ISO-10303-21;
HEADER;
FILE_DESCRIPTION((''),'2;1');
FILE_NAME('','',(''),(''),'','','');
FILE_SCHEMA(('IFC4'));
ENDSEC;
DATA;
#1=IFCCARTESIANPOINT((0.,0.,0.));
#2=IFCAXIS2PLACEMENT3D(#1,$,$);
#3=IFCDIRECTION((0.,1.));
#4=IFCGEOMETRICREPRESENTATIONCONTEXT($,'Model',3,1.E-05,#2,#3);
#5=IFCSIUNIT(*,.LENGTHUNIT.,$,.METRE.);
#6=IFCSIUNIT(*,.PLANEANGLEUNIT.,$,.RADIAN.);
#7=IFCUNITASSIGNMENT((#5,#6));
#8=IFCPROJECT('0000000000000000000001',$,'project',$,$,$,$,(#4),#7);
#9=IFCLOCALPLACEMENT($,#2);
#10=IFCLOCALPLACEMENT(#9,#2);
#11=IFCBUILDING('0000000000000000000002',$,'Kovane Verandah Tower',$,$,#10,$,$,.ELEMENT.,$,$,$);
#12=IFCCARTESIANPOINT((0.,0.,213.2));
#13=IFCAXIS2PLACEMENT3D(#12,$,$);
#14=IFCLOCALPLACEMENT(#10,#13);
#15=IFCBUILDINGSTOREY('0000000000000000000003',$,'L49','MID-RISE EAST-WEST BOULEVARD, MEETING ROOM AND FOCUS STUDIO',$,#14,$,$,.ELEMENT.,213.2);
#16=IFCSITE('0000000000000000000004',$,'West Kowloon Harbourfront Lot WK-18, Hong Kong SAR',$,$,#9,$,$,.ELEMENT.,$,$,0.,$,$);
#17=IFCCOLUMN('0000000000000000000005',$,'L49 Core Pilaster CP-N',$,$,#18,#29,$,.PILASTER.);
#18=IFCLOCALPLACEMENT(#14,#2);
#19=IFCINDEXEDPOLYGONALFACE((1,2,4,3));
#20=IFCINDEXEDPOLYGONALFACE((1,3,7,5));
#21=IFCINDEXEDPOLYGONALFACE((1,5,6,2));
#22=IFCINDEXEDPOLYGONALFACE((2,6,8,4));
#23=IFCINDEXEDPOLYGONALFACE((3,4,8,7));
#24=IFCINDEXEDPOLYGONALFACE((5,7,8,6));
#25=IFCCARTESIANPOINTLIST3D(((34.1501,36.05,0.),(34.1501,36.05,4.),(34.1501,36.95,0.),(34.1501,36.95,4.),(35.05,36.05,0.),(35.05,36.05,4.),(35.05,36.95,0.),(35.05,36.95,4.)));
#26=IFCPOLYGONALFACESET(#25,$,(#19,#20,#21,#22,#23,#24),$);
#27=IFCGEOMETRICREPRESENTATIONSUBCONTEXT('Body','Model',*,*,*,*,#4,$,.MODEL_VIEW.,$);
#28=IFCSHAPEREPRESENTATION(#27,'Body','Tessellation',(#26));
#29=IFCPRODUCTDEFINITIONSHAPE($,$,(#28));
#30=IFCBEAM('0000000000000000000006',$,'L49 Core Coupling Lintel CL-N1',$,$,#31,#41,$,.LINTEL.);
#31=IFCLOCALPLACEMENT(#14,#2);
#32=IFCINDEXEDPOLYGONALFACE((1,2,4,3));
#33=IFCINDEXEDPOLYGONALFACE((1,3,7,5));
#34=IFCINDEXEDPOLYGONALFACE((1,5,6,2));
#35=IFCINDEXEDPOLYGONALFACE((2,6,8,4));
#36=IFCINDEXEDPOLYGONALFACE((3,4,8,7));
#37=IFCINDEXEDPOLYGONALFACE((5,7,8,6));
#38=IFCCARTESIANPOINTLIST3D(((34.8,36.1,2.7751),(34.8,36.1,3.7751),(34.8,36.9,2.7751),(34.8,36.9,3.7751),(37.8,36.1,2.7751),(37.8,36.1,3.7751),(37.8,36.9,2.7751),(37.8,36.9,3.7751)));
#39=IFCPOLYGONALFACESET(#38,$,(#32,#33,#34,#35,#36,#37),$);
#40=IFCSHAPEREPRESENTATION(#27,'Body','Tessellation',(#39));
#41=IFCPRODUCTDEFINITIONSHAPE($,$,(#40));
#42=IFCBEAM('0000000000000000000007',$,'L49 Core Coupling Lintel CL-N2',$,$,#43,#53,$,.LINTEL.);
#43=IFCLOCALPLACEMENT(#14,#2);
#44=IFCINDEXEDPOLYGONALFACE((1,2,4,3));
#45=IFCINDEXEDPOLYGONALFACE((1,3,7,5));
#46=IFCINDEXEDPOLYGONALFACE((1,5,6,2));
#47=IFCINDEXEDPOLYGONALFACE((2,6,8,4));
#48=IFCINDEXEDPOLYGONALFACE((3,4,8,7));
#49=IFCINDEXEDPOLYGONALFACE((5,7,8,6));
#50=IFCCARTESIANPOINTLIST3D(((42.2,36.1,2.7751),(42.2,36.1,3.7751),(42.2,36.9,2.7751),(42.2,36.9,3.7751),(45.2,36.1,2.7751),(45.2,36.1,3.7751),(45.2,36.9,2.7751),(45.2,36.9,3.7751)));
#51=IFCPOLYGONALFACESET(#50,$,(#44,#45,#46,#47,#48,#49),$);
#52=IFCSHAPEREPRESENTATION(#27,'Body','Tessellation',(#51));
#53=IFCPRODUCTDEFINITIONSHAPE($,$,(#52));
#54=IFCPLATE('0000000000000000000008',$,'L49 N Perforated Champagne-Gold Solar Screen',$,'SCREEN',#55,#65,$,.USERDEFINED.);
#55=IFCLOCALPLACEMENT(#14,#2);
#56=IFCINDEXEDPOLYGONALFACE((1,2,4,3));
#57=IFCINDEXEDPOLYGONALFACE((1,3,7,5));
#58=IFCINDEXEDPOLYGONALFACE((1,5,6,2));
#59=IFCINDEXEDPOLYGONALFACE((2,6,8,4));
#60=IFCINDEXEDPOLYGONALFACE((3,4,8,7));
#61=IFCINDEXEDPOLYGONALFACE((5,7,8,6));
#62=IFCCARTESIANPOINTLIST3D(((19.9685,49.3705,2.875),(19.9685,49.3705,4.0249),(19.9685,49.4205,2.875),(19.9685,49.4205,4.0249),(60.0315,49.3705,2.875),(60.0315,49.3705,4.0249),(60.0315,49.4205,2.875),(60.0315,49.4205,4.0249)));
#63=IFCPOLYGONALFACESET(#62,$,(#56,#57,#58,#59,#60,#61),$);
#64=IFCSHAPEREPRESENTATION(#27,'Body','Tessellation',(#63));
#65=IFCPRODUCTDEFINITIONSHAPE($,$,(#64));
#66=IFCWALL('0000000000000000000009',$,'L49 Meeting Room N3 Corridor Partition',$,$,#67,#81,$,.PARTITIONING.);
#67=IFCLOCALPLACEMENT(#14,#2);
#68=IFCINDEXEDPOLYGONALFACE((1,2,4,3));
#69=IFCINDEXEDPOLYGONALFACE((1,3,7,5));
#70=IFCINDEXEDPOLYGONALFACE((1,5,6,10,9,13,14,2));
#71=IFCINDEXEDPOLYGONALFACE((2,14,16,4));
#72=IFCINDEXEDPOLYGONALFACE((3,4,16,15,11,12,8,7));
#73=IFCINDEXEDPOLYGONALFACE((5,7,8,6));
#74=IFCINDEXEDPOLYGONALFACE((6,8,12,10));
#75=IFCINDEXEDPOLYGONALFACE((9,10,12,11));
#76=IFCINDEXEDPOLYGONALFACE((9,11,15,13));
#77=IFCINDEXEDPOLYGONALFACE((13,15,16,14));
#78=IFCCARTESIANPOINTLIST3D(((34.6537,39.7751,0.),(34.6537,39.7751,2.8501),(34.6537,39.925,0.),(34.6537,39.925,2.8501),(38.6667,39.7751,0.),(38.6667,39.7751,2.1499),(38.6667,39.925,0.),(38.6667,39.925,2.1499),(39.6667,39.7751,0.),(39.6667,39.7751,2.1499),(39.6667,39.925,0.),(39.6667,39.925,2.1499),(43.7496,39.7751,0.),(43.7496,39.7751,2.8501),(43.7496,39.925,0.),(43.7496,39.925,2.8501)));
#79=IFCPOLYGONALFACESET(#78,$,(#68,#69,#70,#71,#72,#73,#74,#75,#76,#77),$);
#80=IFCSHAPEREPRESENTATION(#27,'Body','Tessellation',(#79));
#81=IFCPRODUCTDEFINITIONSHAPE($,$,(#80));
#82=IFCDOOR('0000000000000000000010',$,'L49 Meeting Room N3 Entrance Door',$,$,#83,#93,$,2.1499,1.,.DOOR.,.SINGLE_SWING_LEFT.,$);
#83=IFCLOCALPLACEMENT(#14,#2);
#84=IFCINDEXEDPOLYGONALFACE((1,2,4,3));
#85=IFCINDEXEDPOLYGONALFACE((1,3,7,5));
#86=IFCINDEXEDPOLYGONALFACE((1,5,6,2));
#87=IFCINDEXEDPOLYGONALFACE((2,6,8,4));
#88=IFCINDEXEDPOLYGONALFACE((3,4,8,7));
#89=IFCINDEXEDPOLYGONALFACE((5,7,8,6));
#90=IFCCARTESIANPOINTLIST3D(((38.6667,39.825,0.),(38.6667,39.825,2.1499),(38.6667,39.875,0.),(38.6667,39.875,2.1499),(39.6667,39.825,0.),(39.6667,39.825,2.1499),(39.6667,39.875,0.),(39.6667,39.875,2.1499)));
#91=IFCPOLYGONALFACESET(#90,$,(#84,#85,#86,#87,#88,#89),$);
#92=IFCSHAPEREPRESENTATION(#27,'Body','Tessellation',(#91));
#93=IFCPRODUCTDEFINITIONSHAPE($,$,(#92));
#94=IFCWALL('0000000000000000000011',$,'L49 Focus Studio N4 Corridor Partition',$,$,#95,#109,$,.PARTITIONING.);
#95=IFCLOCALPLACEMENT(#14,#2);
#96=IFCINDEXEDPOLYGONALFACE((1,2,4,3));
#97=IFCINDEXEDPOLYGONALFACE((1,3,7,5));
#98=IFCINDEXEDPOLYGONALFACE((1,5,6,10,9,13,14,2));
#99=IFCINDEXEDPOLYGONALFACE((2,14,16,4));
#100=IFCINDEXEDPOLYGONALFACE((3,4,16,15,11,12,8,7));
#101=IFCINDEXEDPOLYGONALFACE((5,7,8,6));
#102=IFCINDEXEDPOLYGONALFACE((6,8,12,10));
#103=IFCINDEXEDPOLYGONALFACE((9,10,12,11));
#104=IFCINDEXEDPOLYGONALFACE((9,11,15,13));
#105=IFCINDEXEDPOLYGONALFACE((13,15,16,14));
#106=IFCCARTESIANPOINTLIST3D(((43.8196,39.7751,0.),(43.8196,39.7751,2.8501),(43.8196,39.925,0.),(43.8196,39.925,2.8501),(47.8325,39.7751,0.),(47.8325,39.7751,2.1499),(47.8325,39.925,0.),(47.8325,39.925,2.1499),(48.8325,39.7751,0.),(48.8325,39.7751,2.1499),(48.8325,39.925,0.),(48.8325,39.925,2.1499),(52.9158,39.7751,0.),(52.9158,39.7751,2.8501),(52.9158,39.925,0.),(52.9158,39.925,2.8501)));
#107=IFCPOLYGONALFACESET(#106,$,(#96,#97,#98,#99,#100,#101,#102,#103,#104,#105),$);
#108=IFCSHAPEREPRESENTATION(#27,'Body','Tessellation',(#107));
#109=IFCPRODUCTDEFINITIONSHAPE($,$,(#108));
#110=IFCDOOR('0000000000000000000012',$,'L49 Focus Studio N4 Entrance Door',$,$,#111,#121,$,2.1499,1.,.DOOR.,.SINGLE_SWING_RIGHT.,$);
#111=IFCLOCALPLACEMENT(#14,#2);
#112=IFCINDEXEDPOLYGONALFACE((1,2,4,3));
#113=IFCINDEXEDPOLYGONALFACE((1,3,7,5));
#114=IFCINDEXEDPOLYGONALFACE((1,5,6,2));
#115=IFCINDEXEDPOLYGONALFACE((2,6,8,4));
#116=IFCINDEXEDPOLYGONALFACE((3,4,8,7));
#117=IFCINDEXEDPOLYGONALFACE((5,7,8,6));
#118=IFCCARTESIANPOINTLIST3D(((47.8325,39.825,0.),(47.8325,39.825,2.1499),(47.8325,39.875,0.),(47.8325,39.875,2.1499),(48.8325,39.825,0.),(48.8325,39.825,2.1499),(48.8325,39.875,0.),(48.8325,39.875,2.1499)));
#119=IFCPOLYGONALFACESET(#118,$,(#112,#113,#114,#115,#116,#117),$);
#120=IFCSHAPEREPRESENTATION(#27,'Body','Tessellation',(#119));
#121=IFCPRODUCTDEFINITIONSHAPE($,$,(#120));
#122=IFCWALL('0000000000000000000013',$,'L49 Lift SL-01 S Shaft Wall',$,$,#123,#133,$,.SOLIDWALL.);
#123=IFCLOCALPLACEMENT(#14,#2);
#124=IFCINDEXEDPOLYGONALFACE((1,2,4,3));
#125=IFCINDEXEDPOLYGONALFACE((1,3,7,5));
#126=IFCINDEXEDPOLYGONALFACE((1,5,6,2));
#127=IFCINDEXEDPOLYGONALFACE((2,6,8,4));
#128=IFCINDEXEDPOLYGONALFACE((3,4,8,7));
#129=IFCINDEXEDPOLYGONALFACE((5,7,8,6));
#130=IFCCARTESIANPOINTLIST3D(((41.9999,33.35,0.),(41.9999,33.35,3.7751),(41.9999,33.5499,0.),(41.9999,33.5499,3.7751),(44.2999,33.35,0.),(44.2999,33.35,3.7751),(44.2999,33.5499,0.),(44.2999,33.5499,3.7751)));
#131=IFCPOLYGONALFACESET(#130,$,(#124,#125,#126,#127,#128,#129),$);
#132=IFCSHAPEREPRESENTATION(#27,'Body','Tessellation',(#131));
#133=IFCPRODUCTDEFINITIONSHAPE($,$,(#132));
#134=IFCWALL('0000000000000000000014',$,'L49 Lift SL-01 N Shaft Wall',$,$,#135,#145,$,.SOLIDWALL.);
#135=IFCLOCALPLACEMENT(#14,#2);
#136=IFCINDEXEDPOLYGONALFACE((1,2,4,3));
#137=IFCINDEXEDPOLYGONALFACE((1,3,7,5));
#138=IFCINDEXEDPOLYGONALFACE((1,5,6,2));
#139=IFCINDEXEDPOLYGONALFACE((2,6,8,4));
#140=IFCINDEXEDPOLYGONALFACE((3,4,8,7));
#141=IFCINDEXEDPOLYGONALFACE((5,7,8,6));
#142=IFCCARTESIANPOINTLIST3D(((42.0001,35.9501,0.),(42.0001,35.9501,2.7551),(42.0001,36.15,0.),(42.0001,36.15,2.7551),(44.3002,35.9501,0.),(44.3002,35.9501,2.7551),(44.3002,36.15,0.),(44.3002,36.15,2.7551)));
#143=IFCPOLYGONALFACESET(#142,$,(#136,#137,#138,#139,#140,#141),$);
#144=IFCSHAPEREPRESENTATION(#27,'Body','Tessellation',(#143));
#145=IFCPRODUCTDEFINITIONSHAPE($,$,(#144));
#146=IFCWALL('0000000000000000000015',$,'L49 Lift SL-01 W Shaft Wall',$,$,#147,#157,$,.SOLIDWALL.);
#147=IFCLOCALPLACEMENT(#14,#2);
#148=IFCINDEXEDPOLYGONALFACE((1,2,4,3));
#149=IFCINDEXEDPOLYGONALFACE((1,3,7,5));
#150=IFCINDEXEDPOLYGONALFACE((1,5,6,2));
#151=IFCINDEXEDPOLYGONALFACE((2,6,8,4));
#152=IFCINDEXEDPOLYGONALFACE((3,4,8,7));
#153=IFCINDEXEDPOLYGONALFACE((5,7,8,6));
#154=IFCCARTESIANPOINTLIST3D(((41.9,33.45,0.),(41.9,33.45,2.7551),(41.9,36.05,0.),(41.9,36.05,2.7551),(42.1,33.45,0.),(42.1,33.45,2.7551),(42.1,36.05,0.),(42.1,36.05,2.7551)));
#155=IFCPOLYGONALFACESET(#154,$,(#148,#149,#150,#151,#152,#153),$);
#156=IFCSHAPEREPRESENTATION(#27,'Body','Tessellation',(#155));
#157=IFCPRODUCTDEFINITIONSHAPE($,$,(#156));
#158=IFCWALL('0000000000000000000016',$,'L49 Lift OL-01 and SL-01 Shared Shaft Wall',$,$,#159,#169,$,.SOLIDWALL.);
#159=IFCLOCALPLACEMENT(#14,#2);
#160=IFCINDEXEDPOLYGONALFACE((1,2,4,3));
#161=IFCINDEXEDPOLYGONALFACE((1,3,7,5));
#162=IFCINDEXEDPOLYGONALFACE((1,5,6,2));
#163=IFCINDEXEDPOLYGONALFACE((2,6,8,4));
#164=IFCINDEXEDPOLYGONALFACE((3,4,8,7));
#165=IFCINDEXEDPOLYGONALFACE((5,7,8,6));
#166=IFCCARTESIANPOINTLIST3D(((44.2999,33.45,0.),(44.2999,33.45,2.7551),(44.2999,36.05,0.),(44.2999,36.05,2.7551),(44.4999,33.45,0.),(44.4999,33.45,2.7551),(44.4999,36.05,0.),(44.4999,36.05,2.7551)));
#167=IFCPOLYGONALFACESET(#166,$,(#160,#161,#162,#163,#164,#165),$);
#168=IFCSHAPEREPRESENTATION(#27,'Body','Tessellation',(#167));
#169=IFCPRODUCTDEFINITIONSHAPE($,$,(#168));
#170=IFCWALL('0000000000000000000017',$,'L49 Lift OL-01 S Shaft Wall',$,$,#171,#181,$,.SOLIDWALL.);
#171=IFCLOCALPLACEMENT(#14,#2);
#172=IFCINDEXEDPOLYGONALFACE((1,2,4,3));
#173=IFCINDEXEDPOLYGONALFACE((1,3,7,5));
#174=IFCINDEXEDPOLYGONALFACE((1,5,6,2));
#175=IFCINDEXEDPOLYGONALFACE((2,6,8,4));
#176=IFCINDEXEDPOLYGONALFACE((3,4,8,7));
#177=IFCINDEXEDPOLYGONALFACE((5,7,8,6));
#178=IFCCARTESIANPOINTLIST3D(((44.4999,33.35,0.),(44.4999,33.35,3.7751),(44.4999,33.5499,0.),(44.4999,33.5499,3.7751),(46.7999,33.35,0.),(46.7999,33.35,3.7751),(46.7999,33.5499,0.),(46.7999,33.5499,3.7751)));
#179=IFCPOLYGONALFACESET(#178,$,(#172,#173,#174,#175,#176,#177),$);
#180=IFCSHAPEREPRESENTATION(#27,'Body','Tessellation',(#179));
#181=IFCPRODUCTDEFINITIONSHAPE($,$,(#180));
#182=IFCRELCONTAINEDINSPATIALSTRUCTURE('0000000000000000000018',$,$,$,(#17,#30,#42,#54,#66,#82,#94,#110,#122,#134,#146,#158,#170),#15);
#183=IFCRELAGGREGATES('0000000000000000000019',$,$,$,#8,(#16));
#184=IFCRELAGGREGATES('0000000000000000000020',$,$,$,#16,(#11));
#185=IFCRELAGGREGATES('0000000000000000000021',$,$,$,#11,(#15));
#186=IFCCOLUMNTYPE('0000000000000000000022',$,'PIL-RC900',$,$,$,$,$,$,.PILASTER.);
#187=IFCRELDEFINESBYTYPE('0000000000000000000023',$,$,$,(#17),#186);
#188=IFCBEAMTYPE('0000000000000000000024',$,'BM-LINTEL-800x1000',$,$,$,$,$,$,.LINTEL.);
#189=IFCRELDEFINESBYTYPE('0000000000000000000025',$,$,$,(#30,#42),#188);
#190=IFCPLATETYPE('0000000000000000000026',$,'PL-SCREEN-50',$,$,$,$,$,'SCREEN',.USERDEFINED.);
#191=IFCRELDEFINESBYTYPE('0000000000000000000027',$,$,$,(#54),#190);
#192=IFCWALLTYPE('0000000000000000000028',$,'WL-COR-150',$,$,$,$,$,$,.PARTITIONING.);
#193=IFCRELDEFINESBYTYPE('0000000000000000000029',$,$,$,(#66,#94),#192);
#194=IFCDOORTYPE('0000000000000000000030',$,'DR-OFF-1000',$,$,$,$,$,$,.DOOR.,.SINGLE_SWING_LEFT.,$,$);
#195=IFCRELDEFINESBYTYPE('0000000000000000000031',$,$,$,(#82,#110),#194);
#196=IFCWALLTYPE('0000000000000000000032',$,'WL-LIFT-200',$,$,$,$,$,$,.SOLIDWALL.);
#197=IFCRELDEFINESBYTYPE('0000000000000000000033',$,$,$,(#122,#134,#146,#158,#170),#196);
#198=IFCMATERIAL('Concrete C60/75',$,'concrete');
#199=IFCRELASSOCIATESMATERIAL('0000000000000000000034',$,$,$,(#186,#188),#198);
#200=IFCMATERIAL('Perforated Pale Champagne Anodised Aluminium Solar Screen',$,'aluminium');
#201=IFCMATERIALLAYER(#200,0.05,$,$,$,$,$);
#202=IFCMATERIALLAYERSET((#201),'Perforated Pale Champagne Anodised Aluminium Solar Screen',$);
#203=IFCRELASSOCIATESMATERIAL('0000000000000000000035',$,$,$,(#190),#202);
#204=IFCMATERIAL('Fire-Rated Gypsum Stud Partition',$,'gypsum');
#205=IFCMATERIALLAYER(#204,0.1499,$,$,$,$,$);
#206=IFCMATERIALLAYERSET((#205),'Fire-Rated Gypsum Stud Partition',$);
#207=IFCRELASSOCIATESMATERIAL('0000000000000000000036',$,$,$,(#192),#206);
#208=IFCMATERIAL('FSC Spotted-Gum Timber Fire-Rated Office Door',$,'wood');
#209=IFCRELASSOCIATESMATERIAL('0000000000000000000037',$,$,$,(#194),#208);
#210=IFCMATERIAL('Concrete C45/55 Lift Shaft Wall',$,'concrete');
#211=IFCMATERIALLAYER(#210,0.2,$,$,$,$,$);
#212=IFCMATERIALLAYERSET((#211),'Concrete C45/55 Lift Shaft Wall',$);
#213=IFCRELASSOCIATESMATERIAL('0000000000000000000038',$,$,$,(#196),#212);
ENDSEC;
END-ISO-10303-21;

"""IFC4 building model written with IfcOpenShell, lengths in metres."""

from ifc_helpers import new_model, si_unit, direction, frame, frame_2d, origin, origin_2d, place, context, subcontext, project, spatial, rectangle, extrude, material, layer, layer_set, material_profile, profile_set, type_object, element, fill, save


model = new_model("IFC4")

# Units and contexts
model_context = context("Model", 3, precision=1e-05, world=origin(), true_north=direction((0.0, 1.0)))
body_context = subcontext(model_context, "Body", "Model", "MODEL_VIEW")
ifc_project = project(units=[si_unit("LENGTHUNIT", "METRE"), si_unit("PLANEANGLEUNIT", "RADIAN")], contexts=[model_context])

# Site, building, storey
site_placement = place(None, origin())
site = spatial("IfcSite", under=ifc_project, at=site_placement, Name="West Kowloon Harbourfront Lot WK-18, Hong Kong SAR", CompositionType="ELEMENT", RefElevation=0.0)
building_placement = place(site_placement, origin())
building = spatial("IfcBuilding", under=site, at=building_placement, Name="Kovane Verandah Tower", CompositionType="ELEMENT")
storey_placement = place(building_placement, frame((0.0, 0.0, 213.2)))
storey = spatial("IfcBuildingStorey", under=building, at=storey_placement, Name="L49", Description="MID-RISE EAST-WEST BOULEVARD, MEETING ROOM AND FOCUS STUDIO", CompositionType="ELEMENT", Elevation=213.2)

# Column
ifc_material_1 = material(Name="Concrete C60/75", Category="concrete")
ifc_material_profile_1 = material_profile(ifc_material_1, rectangle(XDim=0.8999, YDim=0.8999, at=origin_2d()), Name="RC900x900")
ifc_profile_set_1 = profile_set([ifc_material_profile_1], Name="Concrete C60/75")
column_type = type_object("IfcColumnType", Name="PIL-RC900", PredefinedType="PILASTER", material=ifc_profile_set_1)
column_placement = place(storey_placement, frame((34.6001, 36.5, 0.0), z_axis=(0.0, 0.0, 1.0), x_axis=(1.0, 0.0, 0.0)))
element("IfcColumn", 1, at=column_placement, inside=storey, type_object=column_type, Name="L49 Core Pilaster CP-N", PredefinedType="PILASTER", context=body_context, shape_type="SweptSolid", body=[
    extrude(rectangle(XDim=0.8999, YDim=0.8999, at=origin_2d()), origin(), (0.0, 0.0, 1.0), 4.0),
])

# Beams
ifc_material_profile_2 = material_profile(ifc_material_1, rectangle(XDim=0.8, YDim=1.0, at=origin_2d()), Name="RCB800x1000")
ifc_profile_set_2 = profile_set([ifc_material_profile_2], Name="Concrete C60/75")
beam_type = type_object("IfcBeamType", Name="BM-LINTEL-800x1000", PredefinedType="LINTEL", material=ifc_profile_set_2)
for number, where, z_axis, x_axis, name in (
    (2, (34.8, 36.5, 3.2751), (1.0, 0.0, 0.0), (0.0, 1.0, 0.0), "L49 Core Coupling Lintel CL-N1"),
    (3, (42.2, 36.5, 3.2751), (1.0, 0.0, 0.0), (0.0, 1.0, 0.0), "L49 Core Coupling Lintel CL-N2"),
):
    element("IfcBeam", number, at=place(storey_placement, frame(where, z_axis=z_axis, x_axis=x_axis)), inside=storey, type_object=beam_type, Name=name, PredefinedType="LINTEL", context=body_context, shape_type="SweptSolid", body=[
        extrude(rectangle(XDim=0.8, YDim=1.0, at=origin_2d()), origin(), (0.0, 0.0, 1.0), 3.0),
    ])

# Plate
ifc_material_2 = material(Name="Perforated Pale Champagne Anodised Aluminium Solar Screen", Category="aluminium")
ifc_layer_1 = layer(ifc_material_2, 0.05)
ifc_layer_set_1 = layer_set([ifc_layer_1], Name="Perforated Pale Champagne Anodised Aluminium Solar Screen")
plate_type = type_object("IfcPlateType", Name="PL-SCREEN-50", ElementType="SCREEN", PredefinedType="USERDEFINED", material=ifc_layer_set_1)
plate_placement = place(storey_placement, frame((40.0, 49.3955, 2.875), z_axis=(0.0, 0.0, 1.0), x_axis=(-1.0, 0.0, 0.0)))
element("IfcPlate", 4, at=plate_placement, inside=storey, type_object=plate_type, Name="L49 N Perforated Champagne-Gold Solar Screen", ObjectType="SCREEN", PredefinedType="USERDEFINED", context=body_context, shape_type="SweptSolid", body=[
    extrude(rectangle(XDim=40.063, YDim=0.05, at=origin_2d()), origin(), (0.0, 0.0, 1.0), 1.1499),
])

# Walls, openings, doors
ifc_material_3 = material(Name="Fire-Rated Gypsum Stud Partition", Category="gypsum")
ifc_layer_2 = layer(ifc_material_3, 0.1499)
ifc_layer_set_2 = layer_set([ifc_layer_2], Name="Fire-Rated Gypsum Stud Partition")
wall_type_1 = type_object("IfcWallType", Name="WL-COR-150", PredefinedType="PARTITIONING", material=ifc_layer_set_2)
wall_1_placement = place(storey_placement, frame((34.6538, 39.8501, 0.0), z_axis=(0.0, 0.0, 1.0), x_axis=(1.0, 0.0, 0.0)))
wall_1 = element("IfcWall", 5, at=wall_1_placement, inside=storey, type_object=wall_type_1, Name="L49 Meeting Room N3 Corridor Partition", PredefinedType="PARTITIONING", context=body_context, shape_type="SweptSolid", body=[
    extrude(rectangle(XDim=9.0959, YDim=0.1499, at=frame_2d((4.5479, 0.0))), origin(), (0.0, 0.0, 1.0), 2.8501),
])
opening_1_placement = place(wall_1_placement, frame((4.0129, 0.0, 0.0)))
opening_1 = element("IfcOpeningElement", 6, at=opening_1_placement, cuts=wall_1, PredefinedType="OPENING", context=body_context, shape_type="SweptSolid", body=[
    extrude(rectangle(XDim=1.0, YDim=2.1499, at=frame_2d((0.5, 1.075))), frame((0.0, 0.075, 0.0), z_axis=(0.0, -1.0, 0.0), x_axis=(1.0, 0.0, 0.0)), (0.0, 0.0, 1.0), 0.1499),
])
ifc_material_4 = material(Name="FSC Spotted-Gum Timber Fire-Rated Office Door", Category="wood")
door_type_1 = type_object("IfcDoorType", Name="DR-OFF-1000", OperationType="SINGLE_SWING_LEFT", PredefinedType="DOOR", material=ifc_material_4)
door_1_placement = place(opening_1_placement, origin())
door_1 = element("IfcDoor", 7, at=door_1_placement, inside=storey, type_object=door_type_1, Name="L49 Meeting Room N3 Entrance Door", OperationType="SINGLE_SWING_LEFT", OverallHeight=2.1499, OverallWidth=1.0, PredefinedType="DOOR", context=body_context, shape_type="SweptSolid", body=[
    extrude(rectangle(XDim=1.0, YDim=2.1499, at=frame_2d((0.5, 1.075))), frame((0.0, 0.0249, 0.0), z_axis=(0.0, -1.0, 0.0), x_axis=(1.0, 0.0, 0.0)), (0.0, 0.0, 1.0), 0.05),
])
fill(opening_1, door_1)
wall_2_placement = place(storey_placement, frame((43.8196, 39.8501, 0.0), z_axis=(0.0, 0.0, 1.0), x_axis=(1.0, 0.0, 0.0)))
wall_2 = element("IfcWall", 8, at=wall_2_placement, inside=storey, type_object=wall_type_1, Name="L49 Focus Studio N4 Corridor Partition", PredefinedType="PARTITIONING", context=body_context, shape_type="SweptSolid", body=[
    extrude(rectangle(XDim=9.0962, YDim=0.1499, at=frame_2d((4.5481, 0.0))), origin(), (0.0, 0.0, 1.0), 2.8501),
])
opening_2_placement = place(wall_2_placement, frame((4.0129, 0.0, 0.0)))
opening_2 = element("IfcOpeningElement", 9, at=opening_2_placement, cuts=wall_2, PredefinedType="OPENING", context=body_context, shape_type="SweptSolid", body=[
    extrude(rectangle(XDim=1.0, YDim=2.1499, at=frame_2d((0.5, 1.075))), frame((0.0, 0.075, 0.0), z_axis=(0.0, -1.0, 0.0), x_axis=(1.0, 0.0, 0.0)), (0.0, 0.0, 1.0), 0.1499),
])
door_2_placement = place(opening_2_placement, origin())
door_2 = element("IfcDoor", 10, at=door_2_placement, inside=storey, type_object=door_type_1, Name="L49 Focus Studio N4 Entrance Door", OperationType="SINGLE_SWING_RIGHT", OverallHeight=2.1499, OverallWidth=1.0, PredefinedType="DOOR", context=body_context, shape_type="SweptSolid", body=[
    extrude(rectangle(XDim=1.0, YDim=2.1499, at=frame_2d((0.5, 1.075))), frame((0.0, 0.0249, 0.0), z_axis=(0.0, -1.0, 0.0), x_axis=(1.0, 0.0, 0.0)), (0.0, 0.0, 1.0), 0.05),
])
fill(opening_2, door_2)

# Walls
ifc_material_5 = material(Name="Concrete C45/55 Lift Shaft Wall", Category="concrete")
ifc_layer_3 = layer(ifc_material_5, 0.2)
ifc_layer_set_3 = layer_set([ifc_layer_3], Name="Concrete C45/55 Lift Shaft Wall")
wall_type_2 = type_object("IfcWallType", Name="WL-LIFT-200", PredefinedType="SOLIDWALL", material=ifc_layer_set_3)
wall_3_placement = place(storey_placement, frame((42.0, 33.45, 0.0), z_axis=(0.0, 0.0, 1.0), x_axis=(1.0, 0.0, 0.0)))
element("IfcWall", 11, at=wall_3_placement, inside=storey, type_object=wall_type_2, Name="L49 Lift SL-01 S Shaft Wall", PredefinedType="SOLIDWALL", context=body_context, shape_type="SweptSolid", body=[
    extrude(rectangle(XDim=2.3, YDim=0.2, at=frame_2d((1.1499, 0.0))), origin(), (0.0, 0.0, 1.0), 3.7751),
])
wall_4_placement = place(storey_placement, frame((44.3, 36.05, 0.0), z_axis=(0.0, 0.0, 1.0), x_axis=(-1.0, 0.0, 0.0)))
element("IfcWall", 12, at=wall_4_placement, inside=storey, type_object=wall_type_2, Name="L49 Lift SL-01 N Shaft Wall", PredefinedType="SOLIDWALL", context=body_context, shape_type="SweptSolid", body=[
    extrude(rectangle(XDim=2.3, YDim=0.2, at=frame_2d((1.1499, 0.0))), origin(), (0.0, 0.0, 1.0), 2.7551),
])
for number, where, z_axis, x_axis, name in (
    (13, (42.0, 36.05, 0.0), (0.0, 0.0, 1.0), (0.0, -1.0, 0.0), "L49 Lift SL-01 W Shaft Wall"),
    (14, (44.3999, 33.45, 0.0), (0.0, 0.0, 1.0), (0.0, 1.0, 0.0), "L49 Lift OL-01 and SL-01 Shared Shaft Wall"),
):
    element("IfcWall", number, at=place(storey_placement, frame(where, z_axis=z_axis, x_axis=x_axis)), inside=storey, type_object=wall_type_2, Name=name, PredefinedType="SOLIDWALL", context=body_context, shape_type="SweptSolid", body=[
        extrude(rectangle(XDim=2.6001, YDim=0.2, at=frame_2d((1.3, 0.0))), origin(), (0.0, 0.0, 1.0), 2.7551),
    ])
wall_5_placement = place(storey_placement, frame((44.5, 33.45, 0.0), z_axis=(0.0, 0.0, 1.0), x_axis=(1.0, 0.0, 0.0)))
element("IfcWall", 15, at=wall_5_placement, inside=storey, type_object=wall_type_2, Name="L49 Lift OL-01 S Shaft Wall", PredefinedType="SOLIDWALL", context=body_context, shape_type="SweptSolid", body=[
    extrude(rectangle(XDim=2.3, YDim=0.2, at=frame_2d((1.1499, 0.0))), origin(), (0.0, 0.0, 1.0), 3.7751),
])

save(model, "model.ifc")
